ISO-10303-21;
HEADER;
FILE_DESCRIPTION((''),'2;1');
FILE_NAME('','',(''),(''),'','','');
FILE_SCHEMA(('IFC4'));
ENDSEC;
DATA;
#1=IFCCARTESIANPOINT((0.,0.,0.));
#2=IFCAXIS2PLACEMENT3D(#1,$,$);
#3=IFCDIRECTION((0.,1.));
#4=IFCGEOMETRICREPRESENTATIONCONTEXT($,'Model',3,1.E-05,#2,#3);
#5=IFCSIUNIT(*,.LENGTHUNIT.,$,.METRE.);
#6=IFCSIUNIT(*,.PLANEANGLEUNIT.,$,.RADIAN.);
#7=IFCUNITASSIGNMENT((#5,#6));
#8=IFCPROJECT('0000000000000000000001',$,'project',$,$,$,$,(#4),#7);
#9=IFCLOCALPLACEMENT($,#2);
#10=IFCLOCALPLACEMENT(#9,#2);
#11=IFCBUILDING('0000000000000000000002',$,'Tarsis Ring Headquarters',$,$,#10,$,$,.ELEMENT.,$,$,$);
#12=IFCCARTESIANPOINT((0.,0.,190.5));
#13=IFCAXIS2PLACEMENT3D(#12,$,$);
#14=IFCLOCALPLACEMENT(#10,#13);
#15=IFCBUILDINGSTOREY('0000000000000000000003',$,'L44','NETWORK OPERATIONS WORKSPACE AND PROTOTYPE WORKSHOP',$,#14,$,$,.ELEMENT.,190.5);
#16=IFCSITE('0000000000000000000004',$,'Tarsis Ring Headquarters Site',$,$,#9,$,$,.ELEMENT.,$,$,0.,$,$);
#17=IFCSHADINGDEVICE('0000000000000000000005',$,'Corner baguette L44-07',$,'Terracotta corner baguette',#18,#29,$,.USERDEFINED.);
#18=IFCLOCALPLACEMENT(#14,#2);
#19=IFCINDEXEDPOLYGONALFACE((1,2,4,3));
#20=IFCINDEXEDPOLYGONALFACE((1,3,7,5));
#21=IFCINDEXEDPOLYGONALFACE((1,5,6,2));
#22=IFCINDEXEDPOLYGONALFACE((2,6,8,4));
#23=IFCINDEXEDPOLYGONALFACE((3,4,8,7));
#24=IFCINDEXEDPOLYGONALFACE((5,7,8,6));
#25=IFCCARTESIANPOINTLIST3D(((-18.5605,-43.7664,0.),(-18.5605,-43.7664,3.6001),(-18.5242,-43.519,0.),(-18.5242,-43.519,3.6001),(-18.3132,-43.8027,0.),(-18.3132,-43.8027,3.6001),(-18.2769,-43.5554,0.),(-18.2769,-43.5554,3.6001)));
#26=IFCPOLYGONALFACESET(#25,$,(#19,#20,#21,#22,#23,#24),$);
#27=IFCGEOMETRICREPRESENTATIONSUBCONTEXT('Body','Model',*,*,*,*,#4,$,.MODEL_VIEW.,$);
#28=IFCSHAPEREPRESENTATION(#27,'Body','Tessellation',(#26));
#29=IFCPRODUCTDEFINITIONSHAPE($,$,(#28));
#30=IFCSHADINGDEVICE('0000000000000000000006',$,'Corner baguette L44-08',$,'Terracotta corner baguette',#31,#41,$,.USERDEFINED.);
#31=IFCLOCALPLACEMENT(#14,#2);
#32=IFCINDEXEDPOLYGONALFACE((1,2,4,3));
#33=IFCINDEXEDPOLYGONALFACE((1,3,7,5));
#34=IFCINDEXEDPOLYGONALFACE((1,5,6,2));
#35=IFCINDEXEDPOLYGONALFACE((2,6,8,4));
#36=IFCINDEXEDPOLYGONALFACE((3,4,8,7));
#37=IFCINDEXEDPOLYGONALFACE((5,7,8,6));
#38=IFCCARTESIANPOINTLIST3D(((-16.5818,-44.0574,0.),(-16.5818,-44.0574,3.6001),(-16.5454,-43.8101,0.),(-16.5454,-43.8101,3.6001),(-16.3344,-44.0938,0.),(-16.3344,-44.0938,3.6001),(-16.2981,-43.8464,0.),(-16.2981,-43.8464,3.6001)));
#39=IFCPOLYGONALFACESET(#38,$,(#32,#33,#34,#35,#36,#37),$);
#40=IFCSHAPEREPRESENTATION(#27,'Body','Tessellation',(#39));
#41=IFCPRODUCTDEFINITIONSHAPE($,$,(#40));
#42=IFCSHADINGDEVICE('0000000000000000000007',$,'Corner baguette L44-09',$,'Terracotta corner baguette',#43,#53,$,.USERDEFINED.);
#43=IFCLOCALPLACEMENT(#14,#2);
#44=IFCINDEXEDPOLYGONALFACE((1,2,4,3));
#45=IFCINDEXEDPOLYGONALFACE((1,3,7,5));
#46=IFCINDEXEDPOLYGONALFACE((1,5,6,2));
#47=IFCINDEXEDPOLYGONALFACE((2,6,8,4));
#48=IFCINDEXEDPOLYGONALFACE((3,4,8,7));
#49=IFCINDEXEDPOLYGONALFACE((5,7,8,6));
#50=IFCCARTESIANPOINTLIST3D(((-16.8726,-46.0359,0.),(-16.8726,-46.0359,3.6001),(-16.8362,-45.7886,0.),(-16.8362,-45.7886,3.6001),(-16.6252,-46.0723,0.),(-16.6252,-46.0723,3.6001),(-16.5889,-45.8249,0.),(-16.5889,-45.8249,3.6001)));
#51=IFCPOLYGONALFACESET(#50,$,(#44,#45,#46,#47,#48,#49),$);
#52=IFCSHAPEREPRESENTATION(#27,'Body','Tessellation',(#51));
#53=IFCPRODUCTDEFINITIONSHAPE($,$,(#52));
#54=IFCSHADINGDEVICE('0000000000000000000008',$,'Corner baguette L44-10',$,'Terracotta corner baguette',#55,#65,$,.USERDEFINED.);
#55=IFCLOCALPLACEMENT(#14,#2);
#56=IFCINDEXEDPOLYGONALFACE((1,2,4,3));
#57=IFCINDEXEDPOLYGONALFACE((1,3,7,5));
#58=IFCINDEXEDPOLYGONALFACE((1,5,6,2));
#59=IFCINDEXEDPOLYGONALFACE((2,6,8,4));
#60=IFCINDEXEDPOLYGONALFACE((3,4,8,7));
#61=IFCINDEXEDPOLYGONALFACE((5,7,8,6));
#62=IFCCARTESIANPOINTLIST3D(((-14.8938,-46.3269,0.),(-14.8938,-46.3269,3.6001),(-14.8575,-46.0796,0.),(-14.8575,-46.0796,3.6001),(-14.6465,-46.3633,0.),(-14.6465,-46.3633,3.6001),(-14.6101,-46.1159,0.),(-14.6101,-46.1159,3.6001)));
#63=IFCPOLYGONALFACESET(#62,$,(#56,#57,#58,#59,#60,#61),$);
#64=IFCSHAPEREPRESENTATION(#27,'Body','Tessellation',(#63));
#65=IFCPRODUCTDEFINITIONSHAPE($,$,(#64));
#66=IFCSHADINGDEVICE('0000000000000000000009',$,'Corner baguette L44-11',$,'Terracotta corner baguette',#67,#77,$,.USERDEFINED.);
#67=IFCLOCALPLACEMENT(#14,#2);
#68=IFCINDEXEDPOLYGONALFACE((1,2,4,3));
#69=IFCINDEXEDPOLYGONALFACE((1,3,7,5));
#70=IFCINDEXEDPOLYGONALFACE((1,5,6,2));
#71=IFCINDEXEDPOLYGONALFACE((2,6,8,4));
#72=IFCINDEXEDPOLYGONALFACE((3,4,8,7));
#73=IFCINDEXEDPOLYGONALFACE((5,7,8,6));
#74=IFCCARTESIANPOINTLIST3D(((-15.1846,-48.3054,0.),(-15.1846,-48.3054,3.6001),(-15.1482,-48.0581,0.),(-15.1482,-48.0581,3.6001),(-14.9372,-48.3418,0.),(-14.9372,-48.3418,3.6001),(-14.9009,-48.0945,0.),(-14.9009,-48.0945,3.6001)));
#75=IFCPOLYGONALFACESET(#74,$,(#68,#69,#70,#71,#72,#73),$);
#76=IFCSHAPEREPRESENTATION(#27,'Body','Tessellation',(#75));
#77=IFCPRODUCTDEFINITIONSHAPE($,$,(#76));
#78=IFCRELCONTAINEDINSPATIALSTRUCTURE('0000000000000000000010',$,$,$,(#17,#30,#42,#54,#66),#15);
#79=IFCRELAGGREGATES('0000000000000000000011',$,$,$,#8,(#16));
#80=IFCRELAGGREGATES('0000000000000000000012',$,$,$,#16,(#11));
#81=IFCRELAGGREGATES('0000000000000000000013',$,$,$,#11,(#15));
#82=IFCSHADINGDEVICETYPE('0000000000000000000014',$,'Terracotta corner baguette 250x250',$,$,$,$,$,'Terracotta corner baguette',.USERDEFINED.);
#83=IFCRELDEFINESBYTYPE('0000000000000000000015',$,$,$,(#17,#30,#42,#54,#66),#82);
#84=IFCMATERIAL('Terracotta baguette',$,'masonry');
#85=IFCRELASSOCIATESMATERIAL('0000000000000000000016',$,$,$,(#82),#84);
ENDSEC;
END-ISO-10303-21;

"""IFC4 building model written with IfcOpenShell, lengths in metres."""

from ifc_helpers import new_model, si_unit, direction, frame, origin, origin_2d, place, context, subcontext, project, spatial, rectangle, extrude, material, type_object, element, save


model = new_model("IFC4")

# Units and contexts
model_context = context("Model", 3, precision=1e-05, world=origin(), true_north=direction((0.0, 1.0)))
body_context = subcontext(model_context, "Body", "Model", "MODEL_VIEW")
ifc_project = project(units=[si_unit("LENGTHUNIT", "METRE"), si_unit("PLANEANGLEUNIT", "RADIAN")], contexts=[model_context])

# Site, building, storey
site_placement = place(None, origin())
site = spatial("IfcSite", under=ifc_project, at=site_placement, Name="Tarsis Ring Headquarters Site", CompositionType="ELEMENT", RefElevation=0.0)
building_placement = place(site_placement, origin())
building = spatial("IfcBuilding", under=site, at=building_placement, Name="Tarsis Ring Headquarters", CompositionType="ELEMENT")
storey_placement = place(building_placement, frame((0.0, 0.0, 190.5)))
storey = spatial("IfcBuildingStorey", under=building, at=storey_placement, Name="L44", Description="NETWORK OPERATIONS WORKSPACE AND PROTOTYPE WORKSHOP", CompositionType="ELEMENT", Elevation=190.5)

# Shading devices
ifc_material_1 = material(Name="Terracotta baguette", Category="masonry")
shading_device_type = type_object("IfcShadingDeviceType", Name="Terracotta corner baguette 250x250", ElementType="Terracotta corner baguette", PredefinedType="USERDEFINED", material=ifc_material_1)
for number, where, z_axis, x_axis, name in (
    (1, (-18.4187, -43.6609, 0.0), (0.0, 0.0, 1.0), (-0.145392, -0.989374, 0.0), "Corner baguette L44-07"),
    (2, (-16.4399, -43.9519, 0.0), (0.0, 0.0, 1.0), (0.989374, -0.145393, 0.0), "Corner baguette L44-08"),
    (3, (-16.7307, -45.9304, 0.0), (0.0, 0.0, 1.0), (-0.145393, -0.989374, 0.0), "Corner baguette L44-09"),
    (4, (-14.752, -46.2214, 0.0), (0.0, 0.0, 1.0), (0.989374, -0.145393, 0.0), "Corner baguette L44-10"),
    (5, (-15.0427, -48.2, 0.0), (0.0, 0.0, 1.0), (-0.145392, -0.989374, 0.0), "Corner baguette L44-11"),
):
    element("IfcShadingDevice", number, at=place(storey_placement, frame(where, z_axis=z_axis, x_axis=x_axis)), inside=storey, type_object=shading_device_type, Name=name, ObjectType="Terracotta corner baguette", PredefinedType="USERDEFINED", context=body_context, shape_type="SweptSolid", body=[
        extrude(rectangle(XDim=0.25, YDim=0.25, at=origin_2d()), origin(), (0.0, 0.0, 1.0), 3.6001),
    ])

save(model, "model.ifc")
